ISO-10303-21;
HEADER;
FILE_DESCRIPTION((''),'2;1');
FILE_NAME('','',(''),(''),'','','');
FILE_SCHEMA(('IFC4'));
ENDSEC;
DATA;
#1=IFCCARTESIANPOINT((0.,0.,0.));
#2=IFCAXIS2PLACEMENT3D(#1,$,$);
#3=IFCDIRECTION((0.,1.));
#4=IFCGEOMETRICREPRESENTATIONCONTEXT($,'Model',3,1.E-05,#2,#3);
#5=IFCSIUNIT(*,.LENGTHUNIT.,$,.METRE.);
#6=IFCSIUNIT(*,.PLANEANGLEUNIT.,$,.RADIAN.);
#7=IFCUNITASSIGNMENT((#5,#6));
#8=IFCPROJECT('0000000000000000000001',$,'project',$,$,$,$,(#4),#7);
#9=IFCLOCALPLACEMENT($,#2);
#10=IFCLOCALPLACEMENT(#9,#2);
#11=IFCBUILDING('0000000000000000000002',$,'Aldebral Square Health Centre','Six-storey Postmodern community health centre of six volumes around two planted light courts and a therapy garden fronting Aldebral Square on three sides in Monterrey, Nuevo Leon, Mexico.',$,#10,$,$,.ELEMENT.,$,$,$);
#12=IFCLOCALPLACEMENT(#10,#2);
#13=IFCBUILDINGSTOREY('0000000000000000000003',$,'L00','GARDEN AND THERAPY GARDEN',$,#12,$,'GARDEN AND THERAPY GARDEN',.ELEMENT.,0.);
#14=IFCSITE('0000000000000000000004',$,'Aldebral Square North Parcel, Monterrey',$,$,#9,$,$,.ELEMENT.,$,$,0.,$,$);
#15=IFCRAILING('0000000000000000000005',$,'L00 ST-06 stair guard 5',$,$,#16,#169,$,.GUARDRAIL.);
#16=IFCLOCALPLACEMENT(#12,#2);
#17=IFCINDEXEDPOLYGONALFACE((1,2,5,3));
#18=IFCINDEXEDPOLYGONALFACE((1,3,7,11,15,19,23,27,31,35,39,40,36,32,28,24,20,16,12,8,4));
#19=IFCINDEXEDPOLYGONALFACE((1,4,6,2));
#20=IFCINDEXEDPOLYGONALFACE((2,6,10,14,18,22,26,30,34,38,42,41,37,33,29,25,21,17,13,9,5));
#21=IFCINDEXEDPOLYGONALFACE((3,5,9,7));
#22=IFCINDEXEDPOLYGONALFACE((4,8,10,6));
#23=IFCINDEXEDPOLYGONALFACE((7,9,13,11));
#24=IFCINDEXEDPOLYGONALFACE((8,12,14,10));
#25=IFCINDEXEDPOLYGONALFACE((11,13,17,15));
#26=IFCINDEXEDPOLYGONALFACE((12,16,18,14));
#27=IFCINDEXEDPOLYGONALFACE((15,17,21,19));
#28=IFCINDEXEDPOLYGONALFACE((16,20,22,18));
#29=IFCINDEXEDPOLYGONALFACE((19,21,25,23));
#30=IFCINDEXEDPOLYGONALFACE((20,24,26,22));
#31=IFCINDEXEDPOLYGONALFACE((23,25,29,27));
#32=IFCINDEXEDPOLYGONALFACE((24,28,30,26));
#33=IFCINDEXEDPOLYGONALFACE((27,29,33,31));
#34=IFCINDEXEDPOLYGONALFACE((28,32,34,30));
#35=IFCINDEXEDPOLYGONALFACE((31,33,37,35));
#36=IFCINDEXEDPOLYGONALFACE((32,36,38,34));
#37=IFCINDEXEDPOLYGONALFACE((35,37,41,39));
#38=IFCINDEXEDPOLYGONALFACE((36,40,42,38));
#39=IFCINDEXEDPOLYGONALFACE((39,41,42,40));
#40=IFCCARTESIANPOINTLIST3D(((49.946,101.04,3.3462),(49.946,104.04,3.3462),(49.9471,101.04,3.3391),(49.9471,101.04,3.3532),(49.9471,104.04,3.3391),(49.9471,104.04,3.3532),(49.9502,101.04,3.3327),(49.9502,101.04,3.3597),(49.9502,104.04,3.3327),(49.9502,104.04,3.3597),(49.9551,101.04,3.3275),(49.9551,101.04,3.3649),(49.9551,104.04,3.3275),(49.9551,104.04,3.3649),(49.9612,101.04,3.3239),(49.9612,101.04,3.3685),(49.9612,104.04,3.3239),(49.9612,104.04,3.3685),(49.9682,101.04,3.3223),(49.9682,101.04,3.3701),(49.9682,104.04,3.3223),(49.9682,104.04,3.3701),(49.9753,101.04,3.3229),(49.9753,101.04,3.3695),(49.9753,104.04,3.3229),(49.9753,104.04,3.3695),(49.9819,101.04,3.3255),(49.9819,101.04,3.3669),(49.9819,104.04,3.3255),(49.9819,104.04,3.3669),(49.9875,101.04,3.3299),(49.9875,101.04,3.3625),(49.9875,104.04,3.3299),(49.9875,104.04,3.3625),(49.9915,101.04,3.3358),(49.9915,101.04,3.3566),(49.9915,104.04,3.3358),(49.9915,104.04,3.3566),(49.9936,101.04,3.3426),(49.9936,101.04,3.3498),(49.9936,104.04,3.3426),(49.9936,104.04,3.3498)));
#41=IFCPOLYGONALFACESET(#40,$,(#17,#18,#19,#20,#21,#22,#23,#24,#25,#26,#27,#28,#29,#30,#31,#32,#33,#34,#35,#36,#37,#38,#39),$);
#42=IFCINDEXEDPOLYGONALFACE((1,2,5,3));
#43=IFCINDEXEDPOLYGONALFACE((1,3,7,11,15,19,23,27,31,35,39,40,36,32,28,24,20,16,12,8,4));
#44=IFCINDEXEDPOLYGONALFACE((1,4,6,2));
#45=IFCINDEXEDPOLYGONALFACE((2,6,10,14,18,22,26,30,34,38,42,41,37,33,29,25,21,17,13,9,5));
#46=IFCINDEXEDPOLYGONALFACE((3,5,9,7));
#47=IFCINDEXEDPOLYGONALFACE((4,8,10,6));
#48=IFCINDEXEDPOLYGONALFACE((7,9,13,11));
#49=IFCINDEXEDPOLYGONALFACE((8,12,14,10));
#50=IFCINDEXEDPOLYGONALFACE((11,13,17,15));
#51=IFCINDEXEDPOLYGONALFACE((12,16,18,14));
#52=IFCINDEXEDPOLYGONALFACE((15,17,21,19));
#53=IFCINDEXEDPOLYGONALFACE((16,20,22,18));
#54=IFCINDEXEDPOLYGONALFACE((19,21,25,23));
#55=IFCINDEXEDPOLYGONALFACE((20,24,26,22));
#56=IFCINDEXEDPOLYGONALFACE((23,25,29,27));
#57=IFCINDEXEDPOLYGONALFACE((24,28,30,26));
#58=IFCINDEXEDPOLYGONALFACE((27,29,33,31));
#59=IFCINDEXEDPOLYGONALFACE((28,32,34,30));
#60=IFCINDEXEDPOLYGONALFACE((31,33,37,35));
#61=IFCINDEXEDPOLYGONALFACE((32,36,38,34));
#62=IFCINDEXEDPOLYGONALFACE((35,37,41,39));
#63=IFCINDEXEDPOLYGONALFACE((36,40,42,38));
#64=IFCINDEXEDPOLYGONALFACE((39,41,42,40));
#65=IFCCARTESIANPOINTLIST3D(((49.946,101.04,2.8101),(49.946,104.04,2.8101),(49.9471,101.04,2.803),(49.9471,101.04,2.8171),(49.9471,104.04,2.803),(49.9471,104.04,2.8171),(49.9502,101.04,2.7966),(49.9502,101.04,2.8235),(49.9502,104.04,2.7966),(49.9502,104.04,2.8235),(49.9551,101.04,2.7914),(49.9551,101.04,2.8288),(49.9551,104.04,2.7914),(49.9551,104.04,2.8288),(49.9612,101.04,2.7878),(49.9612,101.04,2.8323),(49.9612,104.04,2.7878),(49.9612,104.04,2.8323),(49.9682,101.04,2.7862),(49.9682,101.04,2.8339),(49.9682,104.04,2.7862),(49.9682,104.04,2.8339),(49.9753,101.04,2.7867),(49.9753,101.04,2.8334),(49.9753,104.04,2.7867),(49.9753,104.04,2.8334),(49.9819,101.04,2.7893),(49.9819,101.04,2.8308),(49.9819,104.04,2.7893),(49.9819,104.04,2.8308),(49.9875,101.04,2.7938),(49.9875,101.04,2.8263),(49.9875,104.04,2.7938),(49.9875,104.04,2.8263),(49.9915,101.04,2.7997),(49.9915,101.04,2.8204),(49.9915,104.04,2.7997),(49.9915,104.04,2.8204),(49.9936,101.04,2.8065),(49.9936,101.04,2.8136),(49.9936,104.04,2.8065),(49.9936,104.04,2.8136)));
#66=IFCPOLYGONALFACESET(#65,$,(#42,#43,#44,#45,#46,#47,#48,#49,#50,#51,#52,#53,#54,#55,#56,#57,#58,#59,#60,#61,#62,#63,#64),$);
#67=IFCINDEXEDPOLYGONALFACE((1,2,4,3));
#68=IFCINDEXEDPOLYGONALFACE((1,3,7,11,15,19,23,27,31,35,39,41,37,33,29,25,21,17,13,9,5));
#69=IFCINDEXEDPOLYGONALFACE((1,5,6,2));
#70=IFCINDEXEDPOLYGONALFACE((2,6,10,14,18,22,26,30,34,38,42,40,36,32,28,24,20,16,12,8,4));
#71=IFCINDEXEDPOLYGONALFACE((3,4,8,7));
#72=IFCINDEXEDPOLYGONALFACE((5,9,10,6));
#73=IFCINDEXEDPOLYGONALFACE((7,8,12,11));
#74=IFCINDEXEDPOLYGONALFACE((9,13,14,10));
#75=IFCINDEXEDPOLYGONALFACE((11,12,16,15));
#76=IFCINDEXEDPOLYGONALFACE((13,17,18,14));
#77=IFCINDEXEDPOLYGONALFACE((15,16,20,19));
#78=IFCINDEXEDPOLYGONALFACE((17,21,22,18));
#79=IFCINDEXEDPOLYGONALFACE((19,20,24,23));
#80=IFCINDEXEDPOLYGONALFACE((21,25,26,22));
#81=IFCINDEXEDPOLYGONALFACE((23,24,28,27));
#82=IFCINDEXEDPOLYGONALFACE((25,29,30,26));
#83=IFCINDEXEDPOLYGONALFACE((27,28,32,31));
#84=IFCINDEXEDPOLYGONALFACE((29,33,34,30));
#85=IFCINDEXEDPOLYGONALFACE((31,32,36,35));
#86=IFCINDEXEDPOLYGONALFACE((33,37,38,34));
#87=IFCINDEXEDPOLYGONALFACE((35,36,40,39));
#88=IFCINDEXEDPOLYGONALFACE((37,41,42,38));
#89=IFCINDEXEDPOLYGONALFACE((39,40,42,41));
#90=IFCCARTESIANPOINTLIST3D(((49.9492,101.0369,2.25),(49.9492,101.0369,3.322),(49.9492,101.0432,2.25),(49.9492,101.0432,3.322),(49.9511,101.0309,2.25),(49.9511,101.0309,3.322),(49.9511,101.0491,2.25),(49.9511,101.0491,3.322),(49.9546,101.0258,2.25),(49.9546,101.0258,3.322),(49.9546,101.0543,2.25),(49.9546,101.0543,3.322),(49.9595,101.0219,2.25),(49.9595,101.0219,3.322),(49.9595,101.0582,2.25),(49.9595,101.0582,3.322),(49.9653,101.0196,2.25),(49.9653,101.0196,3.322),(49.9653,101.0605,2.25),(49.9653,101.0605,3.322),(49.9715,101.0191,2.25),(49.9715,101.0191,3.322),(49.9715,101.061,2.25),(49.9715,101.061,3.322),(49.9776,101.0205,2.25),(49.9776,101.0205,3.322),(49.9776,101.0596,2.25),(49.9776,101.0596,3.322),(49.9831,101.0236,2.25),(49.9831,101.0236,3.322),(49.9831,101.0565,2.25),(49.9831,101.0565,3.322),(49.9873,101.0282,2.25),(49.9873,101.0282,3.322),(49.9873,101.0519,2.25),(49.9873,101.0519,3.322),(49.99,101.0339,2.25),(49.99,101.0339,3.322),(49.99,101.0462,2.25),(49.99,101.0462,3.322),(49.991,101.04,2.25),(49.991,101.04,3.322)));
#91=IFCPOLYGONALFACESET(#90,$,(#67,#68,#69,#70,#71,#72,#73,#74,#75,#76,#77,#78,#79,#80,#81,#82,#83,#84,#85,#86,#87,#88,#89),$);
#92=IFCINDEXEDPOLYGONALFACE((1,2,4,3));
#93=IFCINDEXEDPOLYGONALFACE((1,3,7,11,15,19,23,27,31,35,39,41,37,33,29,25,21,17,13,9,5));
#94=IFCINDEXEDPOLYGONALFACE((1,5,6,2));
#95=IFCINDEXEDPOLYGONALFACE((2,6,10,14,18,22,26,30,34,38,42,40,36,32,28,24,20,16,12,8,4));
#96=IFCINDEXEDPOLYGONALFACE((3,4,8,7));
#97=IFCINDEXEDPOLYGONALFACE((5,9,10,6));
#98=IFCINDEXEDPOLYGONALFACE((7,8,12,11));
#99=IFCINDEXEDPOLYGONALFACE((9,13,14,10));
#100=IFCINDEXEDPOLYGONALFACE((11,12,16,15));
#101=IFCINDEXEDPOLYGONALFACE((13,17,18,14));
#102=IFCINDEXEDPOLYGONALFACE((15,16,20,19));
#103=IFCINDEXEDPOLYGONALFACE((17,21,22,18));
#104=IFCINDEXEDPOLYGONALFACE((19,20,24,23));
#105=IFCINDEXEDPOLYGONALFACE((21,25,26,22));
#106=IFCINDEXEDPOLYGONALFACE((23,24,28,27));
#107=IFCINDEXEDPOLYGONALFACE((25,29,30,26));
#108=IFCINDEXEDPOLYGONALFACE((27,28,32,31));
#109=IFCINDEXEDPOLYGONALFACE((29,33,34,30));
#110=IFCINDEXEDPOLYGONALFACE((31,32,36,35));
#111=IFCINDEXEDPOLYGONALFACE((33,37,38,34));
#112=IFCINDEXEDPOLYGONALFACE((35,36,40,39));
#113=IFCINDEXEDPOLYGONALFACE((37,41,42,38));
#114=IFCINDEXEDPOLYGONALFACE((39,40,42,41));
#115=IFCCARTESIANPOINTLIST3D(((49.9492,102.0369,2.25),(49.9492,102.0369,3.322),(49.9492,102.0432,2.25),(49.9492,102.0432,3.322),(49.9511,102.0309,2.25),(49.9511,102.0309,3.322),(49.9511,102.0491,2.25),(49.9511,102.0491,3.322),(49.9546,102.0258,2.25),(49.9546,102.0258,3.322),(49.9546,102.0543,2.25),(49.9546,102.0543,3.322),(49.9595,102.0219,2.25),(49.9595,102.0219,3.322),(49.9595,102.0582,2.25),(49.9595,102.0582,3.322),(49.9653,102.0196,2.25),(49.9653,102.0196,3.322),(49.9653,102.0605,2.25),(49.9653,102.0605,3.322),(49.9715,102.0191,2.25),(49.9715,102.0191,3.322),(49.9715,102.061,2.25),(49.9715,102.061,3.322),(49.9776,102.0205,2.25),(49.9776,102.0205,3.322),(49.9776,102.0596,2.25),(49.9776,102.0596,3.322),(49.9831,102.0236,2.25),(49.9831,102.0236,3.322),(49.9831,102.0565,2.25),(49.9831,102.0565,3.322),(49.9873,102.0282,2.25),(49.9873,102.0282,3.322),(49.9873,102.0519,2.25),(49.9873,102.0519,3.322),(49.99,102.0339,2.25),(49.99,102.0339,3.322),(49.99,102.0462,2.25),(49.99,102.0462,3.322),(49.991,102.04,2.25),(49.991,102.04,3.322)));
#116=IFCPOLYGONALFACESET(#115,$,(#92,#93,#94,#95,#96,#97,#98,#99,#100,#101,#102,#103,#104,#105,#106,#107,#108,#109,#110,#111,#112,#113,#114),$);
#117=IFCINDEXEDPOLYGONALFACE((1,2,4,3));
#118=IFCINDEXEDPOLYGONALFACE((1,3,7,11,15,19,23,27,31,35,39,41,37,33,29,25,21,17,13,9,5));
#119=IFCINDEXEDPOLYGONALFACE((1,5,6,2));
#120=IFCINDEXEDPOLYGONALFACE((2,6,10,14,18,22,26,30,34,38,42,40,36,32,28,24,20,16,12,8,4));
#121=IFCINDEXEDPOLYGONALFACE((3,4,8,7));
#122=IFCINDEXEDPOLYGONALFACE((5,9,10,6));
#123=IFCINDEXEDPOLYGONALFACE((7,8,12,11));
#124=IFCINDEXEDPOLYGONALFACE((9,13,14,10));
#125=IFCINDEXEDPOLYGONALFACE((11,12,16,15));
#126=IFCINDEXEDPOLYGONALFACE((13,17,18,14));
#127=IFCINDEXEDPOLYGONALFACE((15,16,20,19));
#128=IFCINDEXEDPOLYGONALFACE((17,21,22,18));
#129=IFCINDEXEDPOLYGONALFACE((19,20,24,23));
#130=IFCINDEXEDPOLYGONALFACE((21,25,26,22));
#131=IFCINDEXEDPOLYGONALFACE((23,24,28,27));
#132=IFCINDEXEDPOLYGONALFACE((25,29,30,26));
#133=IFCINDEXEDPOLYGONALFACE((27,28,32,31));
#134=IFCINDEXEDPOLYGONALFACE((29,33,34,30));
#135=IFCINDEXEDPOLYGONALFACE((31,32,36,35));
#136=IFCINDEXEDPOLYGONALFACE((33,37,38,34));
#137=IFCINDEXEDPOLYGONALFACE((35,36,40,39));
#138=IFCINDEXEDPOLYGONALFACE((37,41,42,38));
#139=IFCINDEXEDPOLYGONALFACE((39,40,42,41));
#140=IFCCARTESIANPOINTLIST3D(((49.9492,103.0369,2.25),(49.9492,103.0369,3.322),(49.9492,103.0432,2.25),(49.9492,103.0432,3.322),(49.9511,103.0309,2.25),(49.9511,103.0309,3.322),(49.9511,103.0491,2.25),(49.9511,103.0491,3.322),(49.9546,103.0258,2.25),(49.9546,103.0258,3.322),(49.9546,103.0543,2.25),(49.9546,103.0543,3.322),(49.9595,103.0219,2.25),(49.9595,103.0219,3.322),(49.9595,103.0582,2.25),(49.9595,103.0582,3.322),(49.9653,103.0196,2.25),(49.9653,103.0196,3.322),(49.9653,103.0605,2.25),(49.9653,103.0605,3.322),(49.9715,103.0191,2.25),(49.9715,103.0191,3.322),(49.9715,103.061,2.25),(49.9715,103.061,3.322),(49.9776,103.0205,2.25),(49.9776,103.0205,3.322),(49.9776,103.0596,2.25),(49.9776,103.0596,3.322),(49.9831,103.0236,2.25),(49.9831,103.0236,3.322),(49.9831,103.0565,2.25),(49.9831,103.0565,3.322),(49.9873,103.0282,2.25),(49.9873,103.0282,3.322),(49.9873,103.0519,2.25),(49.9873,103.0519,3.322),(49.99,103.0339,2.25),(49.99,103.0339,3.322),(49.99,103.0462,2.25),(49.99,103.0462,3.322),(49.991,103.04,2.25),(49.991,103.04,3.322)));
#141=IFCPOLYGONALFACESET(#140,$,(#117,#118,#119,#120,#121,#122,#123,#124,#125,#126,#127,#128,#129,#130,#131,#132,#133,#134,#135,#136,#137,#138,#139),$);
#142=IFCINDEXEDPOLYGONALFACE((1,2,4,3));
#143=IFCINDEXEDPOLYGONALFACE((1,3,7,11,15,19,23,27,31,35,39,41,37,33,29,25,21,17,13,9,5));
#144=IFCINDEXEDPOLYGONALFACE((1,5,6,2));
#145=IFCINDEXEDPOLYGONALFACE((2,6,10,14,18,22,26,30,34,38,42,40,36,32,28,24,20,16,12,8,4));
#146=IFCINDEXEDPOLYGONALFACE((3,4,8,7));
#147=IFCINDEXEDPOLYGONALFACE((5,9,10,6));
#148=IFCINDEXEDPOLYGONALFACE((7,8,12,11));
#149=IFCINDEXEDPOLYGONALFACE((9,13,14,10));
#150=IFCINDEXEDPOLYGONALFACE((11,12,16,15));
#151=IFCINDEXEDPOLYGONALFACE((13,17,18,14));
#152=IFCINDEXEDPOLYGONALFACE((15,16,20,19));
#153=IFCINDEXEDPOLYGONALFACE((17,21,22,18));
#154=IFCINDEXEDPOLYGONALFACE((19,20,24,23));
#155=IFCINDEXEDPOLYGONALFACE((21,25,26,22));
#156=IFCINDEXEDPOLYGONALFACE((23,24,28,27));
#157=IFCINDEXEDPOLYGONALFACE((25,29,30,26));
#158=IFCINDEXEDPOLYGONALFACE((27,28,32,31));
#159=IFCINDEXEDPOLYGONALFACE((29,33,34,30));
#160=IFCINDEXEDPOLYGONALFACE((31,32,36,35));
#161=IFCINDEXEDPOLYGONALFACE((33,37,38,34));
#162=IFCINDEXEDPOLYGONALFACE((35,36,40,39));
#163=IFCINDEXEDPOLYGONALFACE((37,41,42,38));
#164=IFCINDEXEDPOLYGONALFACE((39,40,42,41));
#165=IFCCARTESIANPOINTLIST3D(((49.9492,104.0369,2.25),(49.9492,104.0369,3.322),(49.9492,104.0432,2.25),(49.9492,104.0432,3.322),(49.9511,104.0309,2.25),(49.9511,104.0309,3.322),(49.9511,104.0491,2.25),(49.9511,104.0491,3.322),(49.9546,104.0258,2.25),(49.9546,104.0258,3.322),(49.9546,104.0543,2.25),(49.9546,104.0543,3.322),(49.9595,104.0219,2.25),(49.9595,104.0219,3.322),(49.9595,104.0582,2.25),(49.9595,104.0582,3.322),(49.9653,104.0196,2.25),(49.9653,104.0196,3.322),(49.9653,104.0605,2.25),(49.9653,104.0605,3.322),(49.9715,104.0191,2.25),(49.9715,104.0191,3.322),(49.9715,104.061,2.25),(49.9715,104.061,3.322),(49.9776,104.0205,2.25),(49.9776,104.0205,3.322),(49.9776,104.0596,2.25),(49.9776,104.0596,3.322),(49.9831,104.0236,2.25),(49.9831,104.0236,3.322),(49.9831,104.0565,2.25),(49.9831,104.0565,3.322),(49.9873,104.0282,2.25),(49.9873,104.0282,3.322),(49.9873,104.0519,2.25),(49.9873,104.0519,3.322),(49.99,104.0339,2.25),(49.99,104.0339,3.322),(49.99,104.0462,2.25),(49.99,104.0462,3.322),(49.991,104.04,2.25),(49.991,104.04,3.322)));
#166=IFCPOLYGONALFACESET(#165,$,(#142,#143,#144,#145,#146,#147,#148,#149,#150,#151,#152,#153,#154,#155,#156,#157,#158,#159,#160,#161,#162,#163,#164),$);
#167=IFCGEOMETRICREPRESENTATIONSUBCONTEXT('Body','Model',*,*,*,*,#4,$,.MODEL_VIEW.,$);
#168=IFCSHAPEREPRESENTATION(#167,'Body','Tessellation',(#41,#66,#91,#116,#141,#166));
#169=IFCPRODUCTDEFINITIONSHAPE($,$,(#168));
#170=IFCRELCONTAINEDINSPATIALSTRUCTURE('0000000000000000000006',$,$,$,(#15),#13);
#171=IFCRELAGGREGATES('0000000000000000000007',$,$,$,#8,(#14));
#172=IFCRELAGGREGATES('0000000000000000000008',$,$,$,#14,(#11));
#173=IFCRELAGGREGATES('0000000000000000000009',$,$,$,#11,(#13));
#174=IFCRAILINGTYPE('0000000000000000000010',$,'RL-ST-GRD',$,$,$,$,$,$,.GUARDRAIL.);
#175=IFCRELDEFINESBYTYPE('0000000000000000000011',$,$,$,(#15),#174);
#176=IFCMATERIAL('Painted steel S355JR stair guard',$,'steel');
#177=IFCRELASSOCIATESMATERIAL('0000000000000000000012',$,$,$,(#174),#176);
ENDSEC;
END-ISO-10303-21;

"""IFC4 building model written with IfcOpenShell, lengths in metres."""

from ifc_helpers import new_model, si_unit, direction, frame, origin, origin_2d, place, context, subcontext, project, spatial, circle, extrude, material, type_object, element, save


model = new_model("IFC4")

# Units and contexts
model_context = context("Model", 3, precision=1e-05, world=origin(), true_north=direction((0.0, 1.0)))
body_context = subcontext(model_context, "Body", "Model", "MODEL_VIEW")
ifc_project = project(units=[si_unit("LENGTHUNIT", "METRE"), si_unit("PLANEANGLEUNIT", "RADIAN")], contexts=[model_context])

# Site, building, storey
site_placement = place(None, origin())
site = spatial("IfcSite", under=ifc_project, at=site_placement, Name="Aldebral Square North Parcel, Monterrey", CompositionType="ELEMENT", RefElevation=0.0)
building_placement = place(site_placement, origin())
building = spatial("IfcBuilding", under=site, at=building_placement, Name="Aldebral Square Health Centre", Description="Six-storey Postmodern community health centre of six volumes around two planted light courts and a therapy garden fronting Aldebral Square on three sides in Monterrey, Nuevo Leon, Mexico.", CompositionType="ELEMENT")
storey_placement = place(building_placement, origin())
storey = spatial("IfcBuildingStorey", under=building, at=storey_placement, Name="L00", Description="GARDEN AND THERAPY GARDEN", LongName="GARDEN AND THERAPY GARDEN", CompositionType="ELEMENT", Elevation=0.0)

# Railing
ifc_material_1 = material(Name="Painted steel S355JR stair guard", Category="steel")
railing_type_1 = type_object("IfcRailingType", Name="RL-ST-GRD", PredefinedType="GUARDRAIL", material=ifc_material_1)
railing_1_placement = place(storey_placement, frame((49.97, 101.04, 2.25)))
element("IfcRailing", 1, at=railing_1_placement, inside=storey, type_object=railing_type_1, Name="L00 ST-06 stair guard 5", PredefinedType="GUARDRAIL", context=body_context, shape_type="SweptSolid", body=[
    extrude(circle(Radius=0.0239, at=origin_2d()), frame((0.0, 0.0, 1.0962), z_axis=(0.0, 1.0, 0.0), x_axis=(-1.0, 0.0, 0.0)), (0.0, 0.0, 1.0), 3.0),
    extrude(circle(Radius=0.0239, at=origin_2d()), frame((0.0, 0.0, 0.5601), z_axis=(0.0, 1.0, 0.0), x_axis=(-1.0, 0.0, 0.0)), (0.0, 0.0, 1.0), 3.0),
    extrude(circle(Radius=0.021, at=origin_2d()), origin(), (0.0, 0.0, 1.0), 1.072),
    extrude(circle(Radius=0.021, at=origin_2d()), frame((0.0, 1.0, 0.0)), (0.0, 0.0, 1.0), 1.072),
    extrude(circle(Radius=0.021, at=origin_2d()), frame((0.0, 2.0, 0.0)), (0.0, 0.0, 1.0), 1.072),
    extrude(circle(Radius=0.021, at=origin_2d()), frame((0.0, 3.0, 0.0)), (0.0, 0.0, 1.0), 1.072),
])

save(model, "model.ifc")
